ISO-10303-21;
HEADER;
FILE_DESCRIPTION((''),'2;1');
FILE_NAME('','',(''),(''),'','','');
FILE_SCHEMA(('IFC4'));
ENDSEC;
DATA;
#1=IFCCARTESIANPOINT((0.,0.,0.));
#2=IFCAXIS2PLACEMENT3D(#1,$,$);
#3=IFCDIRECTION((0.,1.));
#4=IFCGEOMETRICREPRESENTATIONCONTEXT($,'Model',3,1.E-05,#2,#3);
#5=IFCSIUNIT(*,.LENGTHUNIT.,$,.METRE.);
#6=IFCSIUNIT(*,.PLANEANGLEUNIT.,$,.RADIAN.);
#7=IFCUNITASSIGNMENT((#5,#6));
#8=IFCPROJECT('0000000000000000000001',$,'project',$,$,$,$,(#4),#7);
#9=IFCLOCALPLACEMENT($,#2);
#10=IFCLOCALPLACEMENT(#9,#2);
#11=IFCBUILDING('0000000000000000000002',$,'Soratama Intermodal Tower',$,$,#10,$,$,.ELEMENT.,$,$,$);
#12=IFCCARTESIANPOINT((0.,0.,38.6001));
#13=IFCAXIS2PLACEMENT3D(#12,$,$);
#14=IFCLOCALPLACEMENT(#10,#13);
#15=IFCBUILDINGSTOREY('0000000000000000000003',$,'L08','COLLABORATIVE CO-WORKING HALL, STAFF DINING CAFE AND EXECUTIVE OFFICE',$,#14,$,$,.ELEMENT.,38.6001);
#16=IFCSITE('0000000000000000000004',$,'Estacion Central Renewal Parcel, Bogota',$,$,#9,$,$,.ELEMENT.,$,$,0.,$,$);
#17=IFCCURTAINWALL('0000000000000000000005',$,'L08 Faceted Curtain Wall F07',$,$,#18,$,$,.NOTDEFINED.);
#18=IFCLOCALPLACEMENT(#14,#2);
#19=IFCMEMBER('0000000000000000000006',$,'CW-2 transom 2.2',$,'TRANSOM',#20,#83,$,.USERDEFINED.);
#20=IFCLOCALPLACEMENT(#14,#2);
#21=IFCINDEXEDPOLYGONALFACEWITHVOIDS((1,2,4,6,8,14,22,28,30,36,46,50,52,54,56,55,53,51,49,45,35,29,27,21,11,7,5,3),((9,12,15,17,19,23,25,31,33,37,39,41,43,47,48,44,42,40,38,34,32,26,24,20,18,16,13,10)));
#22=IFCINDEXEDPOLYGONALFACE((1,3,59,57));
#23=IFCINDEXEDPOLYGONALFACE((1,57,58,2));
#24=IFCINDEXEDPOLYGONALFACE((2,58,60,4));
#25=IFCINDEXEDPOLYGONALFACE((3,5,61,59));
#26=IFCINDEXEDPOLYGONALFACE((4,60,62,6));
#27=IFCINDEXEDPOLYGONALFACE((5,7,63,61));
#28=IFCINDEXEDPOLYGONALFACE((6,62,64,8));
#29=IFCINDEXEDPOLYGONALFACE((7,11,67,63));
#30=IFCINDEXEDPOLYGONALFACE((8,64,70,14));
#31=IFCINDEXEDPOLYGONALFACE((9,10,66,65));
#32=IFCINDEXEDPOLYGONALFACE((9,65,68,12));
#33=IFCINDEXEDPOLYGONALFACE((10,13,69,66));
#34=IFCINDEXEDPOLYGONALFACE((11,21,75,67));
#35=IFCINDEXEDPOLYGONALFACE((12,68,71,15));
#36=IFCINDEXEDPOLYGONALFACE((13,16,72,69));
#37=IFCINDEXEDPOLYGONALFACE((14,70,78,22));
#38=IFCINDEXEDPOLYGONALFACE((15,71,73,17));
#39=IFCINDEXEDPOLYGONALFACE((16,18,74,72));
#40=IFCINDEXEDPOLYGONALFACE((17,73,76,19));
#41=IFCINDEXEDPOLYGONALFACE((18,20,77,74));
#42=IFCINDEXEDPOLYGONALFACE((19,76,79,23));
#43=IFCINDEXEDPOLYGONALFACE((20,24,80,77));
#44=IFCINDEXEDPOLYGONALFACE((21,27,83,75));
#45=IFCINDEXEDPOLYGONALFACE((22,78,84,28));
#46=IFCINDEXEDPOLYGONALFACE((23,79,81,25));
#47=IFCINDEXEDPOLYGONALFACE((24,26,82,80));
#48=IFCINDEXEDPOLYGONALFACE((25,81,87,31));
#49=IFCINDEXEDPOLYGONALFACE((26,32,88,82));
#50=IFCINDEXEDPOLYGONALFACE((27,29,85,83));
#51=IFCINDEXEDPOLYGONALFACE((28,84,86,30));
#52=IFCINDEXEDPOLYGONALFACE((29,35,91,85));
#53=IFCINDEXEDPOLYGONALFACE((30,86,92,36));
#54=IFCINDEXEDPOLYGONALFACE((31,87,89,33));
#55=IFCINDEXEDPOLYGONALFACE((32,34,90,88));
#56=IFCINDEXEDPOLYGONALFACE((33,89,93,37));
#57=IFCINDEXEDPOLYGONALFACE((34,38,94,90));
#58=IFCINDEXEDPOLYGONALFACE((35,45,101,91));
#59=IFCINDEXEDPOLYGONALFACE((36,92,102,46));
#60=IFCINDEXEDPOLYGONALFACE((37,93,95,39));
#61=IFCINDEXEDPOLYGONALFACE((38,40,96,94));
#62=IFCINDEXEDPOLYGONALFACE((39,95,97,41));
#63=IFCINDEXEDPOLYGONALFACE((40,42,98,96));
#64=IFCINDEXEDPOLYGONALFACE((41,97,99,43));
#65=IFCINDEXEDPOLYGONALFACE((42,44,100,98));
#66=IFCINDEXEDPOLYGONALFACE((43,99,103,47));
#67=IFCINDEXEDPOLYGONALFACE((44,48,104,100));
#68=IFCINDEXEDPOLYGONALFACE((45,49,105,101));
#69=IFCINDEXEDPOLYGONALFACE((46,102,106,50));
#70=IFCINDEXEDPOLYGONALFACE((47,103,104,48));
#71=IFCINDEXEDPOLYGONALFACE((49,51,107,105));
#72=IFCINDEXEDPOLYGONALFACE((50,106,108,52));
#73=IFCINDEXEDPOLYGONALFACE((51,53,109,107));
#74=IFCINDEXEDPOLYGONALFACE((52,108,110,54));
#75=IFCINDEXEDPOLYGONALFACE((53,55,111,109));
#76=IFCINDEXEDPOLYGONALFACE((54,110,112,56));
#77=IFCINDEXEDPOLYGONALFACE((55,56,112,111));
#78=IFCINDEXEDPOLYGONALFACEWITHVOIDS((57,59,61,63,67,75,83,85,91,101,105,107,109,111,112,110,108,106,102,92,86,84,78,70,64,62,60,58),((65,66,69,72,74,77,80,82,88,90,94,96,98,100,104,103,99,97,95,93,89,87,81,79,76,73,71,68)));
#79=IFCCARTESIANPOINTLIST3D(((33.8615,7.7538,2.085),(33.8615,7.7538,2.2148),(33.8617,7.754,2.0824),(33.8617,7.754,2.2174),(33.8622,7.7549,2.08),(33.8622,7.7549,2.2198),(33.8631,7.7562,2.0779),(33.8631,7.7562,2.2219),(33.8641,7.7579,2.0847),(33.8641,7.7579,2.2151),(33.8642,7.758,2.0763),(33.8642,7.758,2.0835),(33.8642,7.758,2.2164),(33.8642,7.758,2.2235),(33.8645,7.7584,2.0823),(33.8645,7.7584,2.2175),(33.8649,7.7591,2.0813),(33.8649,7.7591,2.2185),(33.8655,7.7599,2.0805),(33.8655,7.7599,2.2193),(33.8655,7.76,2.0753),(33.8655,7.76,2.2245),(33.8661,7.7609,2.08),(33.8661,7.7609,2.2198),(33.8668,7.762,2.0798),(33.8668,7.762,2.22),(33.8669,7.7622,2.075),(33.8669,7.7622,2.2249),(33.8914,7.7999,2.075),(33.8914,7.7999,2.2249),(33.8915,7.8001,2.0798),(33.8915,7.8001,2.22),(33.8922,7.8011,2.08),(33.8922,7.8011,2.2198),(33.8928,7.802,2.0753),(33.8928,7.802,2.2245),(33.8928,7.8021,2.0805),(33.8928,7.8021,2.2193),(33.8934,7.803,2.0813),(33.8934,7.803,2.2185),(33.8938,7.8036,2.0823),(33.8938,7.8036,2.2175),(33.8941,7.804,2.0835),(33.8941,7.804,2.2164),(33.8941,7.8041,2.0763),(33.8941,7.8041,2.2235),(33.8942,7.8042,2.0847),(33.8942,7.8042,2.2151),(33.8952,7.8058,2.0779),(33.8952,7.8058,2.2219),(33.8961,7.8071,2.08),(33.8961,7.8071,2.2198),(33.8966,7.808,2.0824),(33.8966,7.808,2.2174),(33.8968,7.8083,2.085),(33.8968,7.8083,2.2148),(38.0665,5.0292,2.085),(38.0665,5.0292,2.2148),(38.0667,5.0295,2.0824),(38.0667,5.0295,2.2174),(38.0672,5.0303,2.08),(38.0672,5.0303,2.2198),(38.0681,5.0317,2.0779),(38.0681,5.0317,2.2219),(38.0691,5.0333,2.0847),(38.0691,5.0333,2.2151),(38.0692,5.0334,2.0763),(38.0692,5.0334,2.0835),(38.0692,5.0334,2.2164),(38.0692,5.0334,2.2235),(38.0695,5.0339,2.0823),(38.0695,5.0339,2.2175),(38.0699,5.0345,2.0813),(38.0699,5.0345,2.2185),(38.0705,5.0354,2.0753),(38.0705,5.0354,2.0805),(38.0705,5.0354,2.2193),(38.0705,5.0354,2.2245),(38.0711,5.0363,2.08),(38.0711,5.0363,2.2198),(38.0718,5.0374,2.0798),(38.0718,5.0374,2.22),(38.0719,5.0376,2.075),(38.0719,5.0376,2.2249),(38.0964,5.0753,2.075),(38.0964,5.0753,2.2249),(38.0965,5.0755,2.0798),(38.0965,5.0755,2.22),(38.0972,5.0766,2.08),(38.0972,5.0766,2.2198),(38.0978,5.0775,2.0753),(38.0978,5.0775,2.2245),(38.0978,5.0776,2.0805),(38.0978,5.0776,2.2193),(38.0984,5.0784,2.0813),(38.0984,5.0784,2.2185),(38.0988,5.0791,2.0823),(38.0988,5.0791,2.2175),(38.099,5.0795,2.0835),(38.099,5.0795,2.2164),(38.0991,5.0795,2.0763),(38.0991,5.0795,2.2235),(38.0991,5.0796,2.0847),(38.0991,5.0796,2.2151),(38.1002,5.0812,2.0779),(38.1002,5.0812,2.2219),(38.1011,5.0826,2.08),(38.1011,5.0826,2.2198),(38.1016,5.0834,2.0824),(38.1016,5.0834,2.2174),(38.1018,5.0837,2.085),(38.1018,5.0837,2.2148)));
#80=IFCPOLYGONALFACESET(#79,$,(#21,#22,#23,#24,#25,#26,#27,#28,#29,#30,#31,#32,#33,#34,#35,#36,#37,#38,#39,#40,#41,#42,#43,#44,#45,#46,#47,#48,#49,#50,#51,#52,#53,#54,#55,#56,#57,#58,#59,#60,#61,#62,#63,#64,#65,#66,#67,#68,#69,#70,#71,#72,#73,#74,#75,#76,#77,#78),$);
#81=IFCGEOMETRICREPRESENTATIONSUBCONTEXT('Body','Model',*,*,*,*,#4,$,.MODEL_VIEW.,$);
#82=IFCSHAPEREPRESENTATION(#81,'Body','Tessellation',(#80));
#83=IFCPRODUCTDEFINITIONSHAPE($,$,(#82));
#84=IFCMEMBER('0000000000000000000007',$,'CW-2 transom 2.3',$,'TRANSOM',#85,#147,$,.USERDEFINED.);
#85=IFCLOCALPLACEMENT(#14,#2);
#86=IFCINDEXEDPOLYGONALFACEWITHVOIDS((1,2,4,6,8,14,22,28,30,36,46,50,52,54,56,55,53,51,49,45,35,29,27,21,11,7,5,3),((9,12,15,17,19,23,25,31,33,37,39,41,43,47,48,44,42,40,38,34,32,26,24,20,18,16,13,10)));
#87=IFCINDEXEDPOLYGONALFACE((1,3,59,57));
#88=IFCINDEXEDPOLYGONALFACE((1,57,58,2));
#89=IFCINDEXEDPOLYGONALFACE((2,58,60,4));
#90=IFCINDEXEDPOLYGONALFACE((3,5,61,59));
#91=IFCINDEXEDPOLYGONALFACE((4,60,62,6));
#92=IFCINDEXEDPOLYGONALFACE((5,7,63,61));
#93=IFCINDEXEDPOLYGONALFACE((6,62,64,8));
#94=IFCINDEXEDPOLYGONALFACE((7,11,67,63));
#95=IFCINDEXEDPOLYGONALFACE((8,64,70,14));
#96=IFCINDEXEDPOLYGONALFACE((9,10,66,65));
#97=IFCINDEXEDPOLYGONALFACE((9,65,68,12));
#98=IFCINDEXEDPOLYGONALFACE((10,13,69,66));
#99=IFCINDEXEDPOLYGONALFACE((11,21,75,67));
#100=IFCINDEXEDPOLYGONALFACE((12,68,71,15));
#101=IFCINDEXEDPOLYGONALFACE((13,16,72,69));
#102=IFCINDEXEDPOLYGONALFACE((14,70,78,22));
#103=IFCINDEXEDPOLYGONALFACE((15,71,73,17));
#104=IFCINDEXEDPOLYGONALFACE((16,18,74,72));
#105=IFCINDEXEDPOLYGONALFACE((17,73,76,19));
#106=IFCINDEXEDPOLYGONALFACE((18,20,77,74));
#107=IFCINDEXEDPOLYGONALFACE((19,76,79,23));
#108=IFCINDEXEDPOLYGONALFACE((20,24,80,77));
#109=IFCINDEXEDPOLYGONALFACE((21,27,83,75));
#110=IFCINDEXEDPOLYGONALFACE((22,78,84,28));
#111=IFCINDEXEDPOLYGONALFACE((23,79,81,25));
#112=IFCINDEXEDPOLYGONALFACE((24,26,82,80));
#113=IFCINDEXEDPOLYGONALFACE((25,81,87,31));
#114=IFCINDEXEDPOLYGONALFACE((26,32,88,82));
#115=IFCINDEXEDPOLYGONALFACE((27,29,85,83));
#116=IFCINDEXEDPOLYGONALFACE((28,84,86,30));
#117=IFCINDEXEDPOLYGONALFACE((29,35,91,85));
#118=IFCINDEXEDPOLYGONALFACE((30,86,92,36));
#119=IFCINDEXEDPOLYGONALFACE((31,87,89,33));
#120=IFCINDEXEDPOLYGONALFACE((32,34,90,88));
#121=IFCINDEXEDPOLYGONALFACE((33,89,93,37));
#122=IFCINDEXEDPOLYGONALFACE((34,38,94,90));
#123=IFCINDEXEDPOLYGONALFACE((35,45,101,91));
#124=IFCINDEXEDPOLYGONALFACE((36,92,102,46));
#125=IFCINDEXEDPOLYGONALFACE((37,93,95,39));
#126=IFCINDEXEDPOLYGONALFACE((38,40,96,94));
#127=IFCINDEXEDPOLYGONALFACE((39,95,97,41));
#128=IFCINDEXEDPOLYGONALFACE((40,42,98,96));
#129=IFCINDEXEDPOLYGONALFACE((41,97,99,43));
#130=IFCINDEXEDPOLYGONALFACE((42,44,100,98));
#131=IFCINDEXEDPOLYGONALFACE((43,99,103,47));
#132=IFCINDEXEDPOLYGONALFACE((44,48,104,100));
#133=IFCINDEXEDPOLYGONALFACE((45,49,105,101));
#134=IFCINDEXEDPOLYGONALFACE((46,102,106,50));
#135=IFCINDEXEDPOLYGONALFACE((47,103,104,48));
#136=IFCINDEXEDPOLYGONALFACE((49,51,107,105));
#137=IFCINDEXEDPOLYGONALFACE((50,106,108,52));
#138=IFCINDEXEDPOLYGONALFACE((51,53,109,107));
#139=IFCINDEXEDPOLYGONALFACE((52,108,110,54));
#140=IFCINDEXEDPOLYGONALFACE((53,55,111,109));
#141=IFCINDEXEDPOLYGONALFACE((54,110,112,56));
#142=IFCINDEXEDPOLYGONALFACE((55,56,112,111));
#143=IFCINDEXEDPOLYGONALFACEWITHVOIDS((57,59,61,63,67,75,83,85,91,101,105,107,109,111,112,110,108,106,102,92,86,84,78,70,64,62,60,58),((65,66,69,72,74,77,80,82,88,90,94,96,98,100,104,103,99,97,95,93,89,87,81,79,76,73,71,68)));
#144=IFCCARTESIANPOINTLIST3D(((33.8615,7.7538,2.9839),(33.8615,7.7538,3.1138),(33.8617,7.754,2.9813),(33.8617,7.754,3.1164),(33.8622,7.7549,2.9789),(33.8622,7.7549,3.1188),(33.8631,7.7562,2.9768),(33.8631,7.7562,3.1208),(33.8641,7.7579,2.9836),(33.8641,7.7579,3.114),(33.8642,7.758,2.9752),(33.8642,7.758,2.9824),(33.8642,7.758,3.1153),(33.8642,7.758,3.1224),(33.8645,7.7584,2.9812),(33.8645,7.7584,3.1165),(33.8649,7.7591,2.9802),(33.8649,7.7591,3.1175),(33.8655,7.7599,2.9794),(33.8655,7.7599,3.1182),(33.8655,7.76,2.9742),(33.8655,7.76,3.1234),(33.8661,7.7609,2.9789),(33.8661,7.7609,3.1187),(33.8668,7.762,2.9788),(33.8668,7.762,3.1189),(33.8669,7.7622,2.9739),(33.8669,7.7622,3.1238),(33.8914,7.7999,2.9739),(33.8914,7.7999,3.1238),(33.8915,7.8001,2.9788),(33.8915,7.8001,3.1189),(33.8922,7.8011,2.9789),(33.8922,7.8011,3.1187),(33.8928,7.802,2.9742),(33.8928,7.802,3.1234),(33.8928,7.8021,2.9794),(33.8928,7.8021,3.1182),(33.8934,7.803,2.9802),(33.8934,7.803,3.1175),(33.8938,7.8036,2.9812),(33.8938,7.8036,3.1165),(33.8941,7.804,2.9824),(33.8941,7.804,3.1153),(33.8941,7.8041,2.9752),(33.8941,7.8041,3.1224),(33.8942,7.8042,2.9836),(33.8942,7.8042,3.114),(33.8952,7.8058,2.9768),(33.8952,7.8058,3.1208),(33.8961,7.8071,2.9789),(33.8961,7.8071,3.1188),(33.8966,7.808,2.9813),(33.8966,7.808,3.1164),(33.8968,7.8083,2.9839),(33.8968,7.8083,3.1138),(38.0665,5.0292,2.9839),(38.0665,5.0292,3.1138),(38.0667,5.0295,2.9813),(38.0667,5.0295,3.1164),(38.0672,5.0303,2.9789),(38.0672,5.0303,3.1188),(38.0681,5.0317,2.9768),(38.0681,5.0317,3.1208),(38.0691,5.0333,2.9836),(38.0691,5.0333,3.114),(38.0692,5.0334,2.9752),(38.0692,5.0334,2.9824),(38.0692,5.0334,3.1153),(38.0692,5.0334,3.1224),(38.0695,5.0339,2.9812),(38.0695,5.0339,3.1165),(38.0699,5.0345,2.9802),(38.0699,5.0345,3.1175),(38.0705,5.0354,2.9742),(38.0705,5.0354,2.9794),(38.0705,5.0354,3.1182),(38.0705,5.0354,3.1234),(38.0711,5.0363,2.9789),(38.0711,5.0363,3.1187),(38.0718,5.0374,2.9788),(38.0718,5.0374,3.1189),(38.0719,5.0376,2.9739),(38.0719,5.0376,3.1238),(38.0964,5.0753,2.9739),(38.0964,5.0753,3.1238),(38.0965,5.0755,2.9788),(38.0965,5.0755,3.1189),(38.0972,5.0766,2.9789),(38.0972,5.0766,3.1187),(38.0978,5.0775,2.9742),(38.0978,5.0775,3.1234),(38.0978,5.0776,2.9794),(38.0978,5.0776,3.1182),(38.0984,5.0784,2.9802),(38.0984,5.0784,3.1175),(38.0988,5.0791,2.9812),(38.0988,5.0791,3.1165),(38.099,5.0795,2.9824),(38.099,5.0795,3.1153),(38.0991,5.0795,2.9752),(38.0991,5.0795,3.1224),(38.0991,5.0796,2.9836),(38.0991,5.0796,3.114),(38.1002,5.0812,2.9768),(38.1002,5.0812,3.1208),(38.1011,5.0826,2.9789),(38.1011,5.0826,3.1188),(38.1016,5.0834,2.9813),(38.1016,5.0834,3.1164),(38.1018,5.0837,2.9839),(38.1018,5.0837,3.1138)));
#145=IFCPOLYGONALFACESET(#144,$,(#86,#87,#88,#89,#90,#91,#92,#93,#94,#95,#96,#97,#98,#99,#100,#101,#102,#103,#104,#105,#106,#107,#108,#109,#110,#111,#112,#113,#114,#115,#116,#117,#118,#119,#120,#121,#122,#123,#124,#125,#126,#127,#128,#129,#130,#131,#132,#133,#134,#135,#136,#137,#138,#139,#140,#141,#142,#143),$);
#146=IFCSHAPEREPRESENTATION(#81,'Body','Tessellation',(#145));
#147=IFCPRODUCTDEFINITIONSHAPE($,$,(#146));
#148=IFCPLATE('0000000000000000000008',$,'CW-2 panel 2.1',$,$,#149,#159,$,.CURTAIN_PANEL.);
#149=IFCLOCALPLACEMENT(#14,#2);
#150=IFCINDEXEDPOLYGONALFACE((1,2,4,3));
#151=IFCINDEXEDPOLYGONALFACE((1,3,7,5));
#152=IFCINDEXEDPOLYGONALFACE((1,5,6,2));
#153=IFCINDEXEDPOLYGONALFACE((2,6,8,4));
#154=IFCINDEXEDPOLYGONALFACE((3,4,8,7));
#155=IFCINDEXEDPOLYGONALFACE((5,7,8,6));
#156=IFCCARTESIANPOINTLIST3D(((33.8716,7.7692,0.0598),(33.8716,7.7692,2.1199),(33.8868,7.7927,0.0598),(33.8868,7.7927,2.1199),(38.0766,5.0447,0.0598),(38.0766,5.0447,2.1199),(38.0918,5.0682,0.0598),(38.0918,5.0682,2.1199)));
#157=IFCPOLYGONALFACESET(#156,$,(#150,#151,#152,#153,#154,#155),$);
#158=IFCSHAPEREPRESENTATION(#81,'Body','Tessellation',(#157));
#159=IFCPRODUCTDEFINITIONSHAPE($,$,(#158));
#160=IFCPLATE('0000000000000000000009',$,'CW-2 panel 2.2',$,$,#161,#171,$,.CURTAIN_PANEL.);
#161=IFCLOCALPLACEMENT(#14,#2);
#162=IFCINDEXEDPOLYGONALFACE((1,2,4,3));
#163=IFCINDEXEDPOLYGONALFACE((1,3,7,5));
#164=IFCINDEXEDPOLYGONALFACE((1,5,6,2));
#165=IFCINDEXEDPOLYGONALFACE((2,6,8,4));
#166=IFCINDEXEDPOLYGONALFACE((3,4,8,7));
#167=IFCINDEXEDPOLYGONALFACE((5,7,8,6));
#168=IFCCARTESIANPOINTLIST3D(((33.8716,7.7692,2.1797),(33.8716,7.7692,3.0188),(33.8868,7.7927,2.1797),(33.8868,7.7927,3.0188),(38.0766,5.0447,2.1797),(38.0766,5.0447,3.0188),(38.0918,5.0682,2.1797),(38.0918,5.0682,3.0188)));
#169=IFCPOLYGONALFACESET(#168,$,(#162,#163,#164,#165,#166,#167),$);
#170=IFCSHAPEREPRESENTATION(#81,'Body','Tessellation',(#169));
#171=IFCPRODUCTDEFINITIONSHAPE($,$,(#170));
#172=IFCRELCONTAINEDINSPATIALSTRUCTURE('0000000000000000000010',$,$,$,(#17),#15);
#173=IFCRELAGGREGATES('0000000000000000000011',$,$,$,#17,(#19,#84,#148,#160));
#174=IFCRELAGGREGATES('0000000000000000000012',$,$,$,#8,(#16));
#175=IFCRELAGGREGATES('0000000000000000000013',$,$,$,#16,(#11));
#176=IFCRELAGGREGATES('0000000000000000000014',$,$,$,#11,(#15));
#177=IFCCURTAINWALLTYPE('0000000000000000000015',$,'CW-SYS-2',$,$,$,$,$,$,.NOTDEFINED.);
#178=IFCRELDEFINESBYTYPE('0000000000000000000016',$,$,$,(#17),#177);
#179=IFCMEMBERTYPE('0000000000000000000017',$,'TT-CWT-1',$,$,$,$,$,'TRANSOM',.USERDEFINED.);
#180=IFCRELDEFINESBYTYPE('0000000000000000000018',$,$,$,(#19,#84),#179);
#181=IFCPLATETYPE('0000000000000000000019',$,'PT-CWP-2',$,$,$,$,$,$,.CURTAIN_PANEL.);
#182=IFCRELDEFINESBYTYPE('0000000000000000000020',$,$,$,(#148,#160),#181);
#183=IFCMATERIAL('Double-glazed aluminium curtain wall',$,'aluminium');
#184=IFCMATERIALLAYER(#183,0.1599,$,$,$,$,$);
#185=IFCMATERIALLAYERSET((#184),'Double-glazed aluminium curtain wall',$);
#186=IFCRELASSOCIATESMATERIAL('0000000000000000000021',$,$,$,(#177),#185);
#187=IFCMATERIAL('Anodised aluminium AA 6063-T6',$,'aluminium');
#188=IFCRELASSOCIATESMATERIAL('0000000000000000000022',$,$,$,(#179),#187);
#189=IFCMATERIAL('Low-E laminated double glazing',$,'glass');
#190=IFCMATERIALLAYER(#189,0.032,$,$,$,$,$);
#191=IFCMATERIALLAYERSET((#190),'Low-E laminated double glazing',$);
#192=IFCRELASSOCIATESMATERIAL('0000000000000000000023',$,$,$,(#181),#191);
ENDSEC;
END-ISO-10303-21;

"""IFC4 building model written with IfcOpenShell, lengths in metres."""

from ifc_helpers import new_model, si_unit, direction, frame, origin, origin_2d, place, context, subcontext, project, spatial, rectangle, hollow_rectangle, extrude, material, layer, layer_set, material_profile, profile_set, type_object, element, aggregate, save


model = new_model("IFC4")

# Units and contexts
model_context = context("Model", 3, precision=1e-05, world=origin(), true_north=direction((0.0, 1.0)))
body_context = subcontext(model_context, "Body", "Model", "MODEL_VIEW")
ifc_project = project(units=[si_unit("LENGTHUNIT", "METRE"), si_unit("PLANEANGLEUNIT", "RADIAN")], contexts=[model_context])

# Site, building, storey
site_placement = place(None, origin())
site = spatial("IfcSite", under=ifc_project, at=site_placement, Name="Estacion Central Renewal Parcel, Bogota", CompositionType="ELEMENT", RefElevation=0.0)
building_placement = place(site_placement, origin())
building = spatial("IfcBuilding", under=site, at=building_placement, Name="Soratama Intermodal Tower", CompositionType="ELEMENT")
storey_placement = place(building_placement, frame((0.0, 0.0, 38.6001)))
storey = spatial("IfcBuildingStorey", under=building, at=storey_placement, Name="L08", Description="COLLABORATIVE CO-WORKING HALL, STAFF DINING CAFE AND EXECUTIVE OFFICE", CompositionType="ELEMENT", Elevation=38.6001)

# Curtain wall, members, plates
ifc_material_1 = material(Name="Double-glazed aluminium curtain wall", Category="aluminium")
ifc_layer_1 = layer(ifc_material_1, 0.1599)
ifc_layer_set_1 = layer_set([ifc_layer_1], Name="Double-glazed aluminium curtain wall")
curtain_wall_type = type_object("IfcCurtainWallType", Name="CW-SYS-2", PredefinedType="NOTDEFINED", material=ifc_layer_set_1)
curtain_wall_placement = place(storey_placement, origin())
curtain_wall = element("IfcCurtainWall", 1, at=curtain_wall_placement, inside=storey, type_object=curtain_wall_type, Name="L08 Faceted Curtain Wall F07", PredefinedType="NOTDEFINED")
ifc_material_2 = material(Name="Anodised aluminium AA 6063-T6", Category="aluminium")
ifc_material_profile_1 = material_profile(ifc_material_2, hollow_rectangle(XDim=0.0649, YDim=0.1499, WallThickness=0.0049, InnerFilletRadius=0.0049, OuterFilletRadius=0.01, at=origin_2d()), Name="CWT150X65X5")
ifc_profile_set_1 = profile_set([ifc_material_profile_1], Name="Anodised aluminium AA 6063-T6")
member_type_1 = type_object("IfcMemberType", Name="TT-CWT-1", ElementType="TRANSOM", PredefinedType="USERDEFINED", material=ifc_profile_set_1)
member_1_placement = place(storey_placement, frame((33.8792, 7.781, 2.1499), z_axis=(0.839235, -0.543768, 0.0), x_axis=(0.543768, 0.839235, 0.0)))
member_1 = element("IfcMember", 2, at=member_1_placement, type_object=member_type_1, Name="CW-2 transom 2.2", ObjectType="TRANSOM", PredefinedType="USERDEFINED", context=body_context, shape_type="SweptSolid", body=[
    extrude(hollow_rectangle(XDim=0.0649, YDim=0.1499, WallThickness=0.0049, InnerFilletRadius=0.0049, OuterFilletRadius=0.01, at=origin_2d()), origin(), (0.0, 0.0, 1.0), 5.0105),
])
member_2_placement = place(storey_placement, frame((33.8792, 7.781, 3.0488), z_axis=(0.839235, -0.543768, 0.0), x_axis=(0.543768, 0.839235, 0.0)))
member_2 = element("IfcMember", 3, at=member_2_placement, type_object=member_type_1, Name="CW-2 transom 2.3", ObjectType="TRANSOM", PredefinedType="USERDEFINED", context=body_context, shape_type="SweptSolid", body=[
    extrude(hollow_rectangle(XDim=0.0649, YDim=0.1499, WallThickness=0.0049, InnerFilletRadius=0.0049, OuterFilletRadius=0.01, at=origin_2d()), origin(), (0.0, 0.0, 1.0), 5.0105),
])
ifc_material_3 = material(Name="Low-E laminated double glazing", Category="glass")
ifc_layer_2 = layer(ifc_material_3, 0.032)
ifc_layer_set_2 = layer_set([ifc_layer_2], Name="Low-E laminated double glazing")
plate_type = type_object("IfcPlateType", Name="PT-CWP-2", PredefinedType="CURTAIN_PANEL", material=ifc_layer_set_2)
plate_1_placement = place(storey_placement, frame((35.9817, 6.4187, 0.0598), z_axis=(0.0, 0.0, 1.0), x_axis=(0.839239, -0.543763, 0.0)))
plate_1 = element("IfcPlate", 4, at=plate_1_placement, type_object=plate_type, Name="CW-2 panel 2.1", PredefinedType="CURTAIN_PANEL", context=body_context, shape_type="SweptSolid", body=[
    extrude(rectangle(XDim=5.0105, YDim=0.0281, at=origin_2d()), origin(), (0.0, 0.0, 1.0), 2.0601),
])
plate_2_placement = place(storey_placement, frame((35.9817, 6.4187, 2.1797), z_axis=(0.0, 0.0, 1.0), x_axis=(0.839239, -0.543763, 0.0)))
plate_2 = element("IfcPlate", 5, at=plate_2_placement, type_object=plate_type, Name="CW-2 panel 2.2", PredefinedType="CURTAIN_PANEL", context=body_context, shape_type="SweptSolid", body=[
    extrude(rectangle(XDim=5.0105, YDim=0.0281, at=origin_2d()), origin(), (0.0, 0.0, 1.0), 0.8391),
])
aggregate(curtain_wall, [member_1, member_2, plate_1, plate_2])

save(model, "model.ifc")
